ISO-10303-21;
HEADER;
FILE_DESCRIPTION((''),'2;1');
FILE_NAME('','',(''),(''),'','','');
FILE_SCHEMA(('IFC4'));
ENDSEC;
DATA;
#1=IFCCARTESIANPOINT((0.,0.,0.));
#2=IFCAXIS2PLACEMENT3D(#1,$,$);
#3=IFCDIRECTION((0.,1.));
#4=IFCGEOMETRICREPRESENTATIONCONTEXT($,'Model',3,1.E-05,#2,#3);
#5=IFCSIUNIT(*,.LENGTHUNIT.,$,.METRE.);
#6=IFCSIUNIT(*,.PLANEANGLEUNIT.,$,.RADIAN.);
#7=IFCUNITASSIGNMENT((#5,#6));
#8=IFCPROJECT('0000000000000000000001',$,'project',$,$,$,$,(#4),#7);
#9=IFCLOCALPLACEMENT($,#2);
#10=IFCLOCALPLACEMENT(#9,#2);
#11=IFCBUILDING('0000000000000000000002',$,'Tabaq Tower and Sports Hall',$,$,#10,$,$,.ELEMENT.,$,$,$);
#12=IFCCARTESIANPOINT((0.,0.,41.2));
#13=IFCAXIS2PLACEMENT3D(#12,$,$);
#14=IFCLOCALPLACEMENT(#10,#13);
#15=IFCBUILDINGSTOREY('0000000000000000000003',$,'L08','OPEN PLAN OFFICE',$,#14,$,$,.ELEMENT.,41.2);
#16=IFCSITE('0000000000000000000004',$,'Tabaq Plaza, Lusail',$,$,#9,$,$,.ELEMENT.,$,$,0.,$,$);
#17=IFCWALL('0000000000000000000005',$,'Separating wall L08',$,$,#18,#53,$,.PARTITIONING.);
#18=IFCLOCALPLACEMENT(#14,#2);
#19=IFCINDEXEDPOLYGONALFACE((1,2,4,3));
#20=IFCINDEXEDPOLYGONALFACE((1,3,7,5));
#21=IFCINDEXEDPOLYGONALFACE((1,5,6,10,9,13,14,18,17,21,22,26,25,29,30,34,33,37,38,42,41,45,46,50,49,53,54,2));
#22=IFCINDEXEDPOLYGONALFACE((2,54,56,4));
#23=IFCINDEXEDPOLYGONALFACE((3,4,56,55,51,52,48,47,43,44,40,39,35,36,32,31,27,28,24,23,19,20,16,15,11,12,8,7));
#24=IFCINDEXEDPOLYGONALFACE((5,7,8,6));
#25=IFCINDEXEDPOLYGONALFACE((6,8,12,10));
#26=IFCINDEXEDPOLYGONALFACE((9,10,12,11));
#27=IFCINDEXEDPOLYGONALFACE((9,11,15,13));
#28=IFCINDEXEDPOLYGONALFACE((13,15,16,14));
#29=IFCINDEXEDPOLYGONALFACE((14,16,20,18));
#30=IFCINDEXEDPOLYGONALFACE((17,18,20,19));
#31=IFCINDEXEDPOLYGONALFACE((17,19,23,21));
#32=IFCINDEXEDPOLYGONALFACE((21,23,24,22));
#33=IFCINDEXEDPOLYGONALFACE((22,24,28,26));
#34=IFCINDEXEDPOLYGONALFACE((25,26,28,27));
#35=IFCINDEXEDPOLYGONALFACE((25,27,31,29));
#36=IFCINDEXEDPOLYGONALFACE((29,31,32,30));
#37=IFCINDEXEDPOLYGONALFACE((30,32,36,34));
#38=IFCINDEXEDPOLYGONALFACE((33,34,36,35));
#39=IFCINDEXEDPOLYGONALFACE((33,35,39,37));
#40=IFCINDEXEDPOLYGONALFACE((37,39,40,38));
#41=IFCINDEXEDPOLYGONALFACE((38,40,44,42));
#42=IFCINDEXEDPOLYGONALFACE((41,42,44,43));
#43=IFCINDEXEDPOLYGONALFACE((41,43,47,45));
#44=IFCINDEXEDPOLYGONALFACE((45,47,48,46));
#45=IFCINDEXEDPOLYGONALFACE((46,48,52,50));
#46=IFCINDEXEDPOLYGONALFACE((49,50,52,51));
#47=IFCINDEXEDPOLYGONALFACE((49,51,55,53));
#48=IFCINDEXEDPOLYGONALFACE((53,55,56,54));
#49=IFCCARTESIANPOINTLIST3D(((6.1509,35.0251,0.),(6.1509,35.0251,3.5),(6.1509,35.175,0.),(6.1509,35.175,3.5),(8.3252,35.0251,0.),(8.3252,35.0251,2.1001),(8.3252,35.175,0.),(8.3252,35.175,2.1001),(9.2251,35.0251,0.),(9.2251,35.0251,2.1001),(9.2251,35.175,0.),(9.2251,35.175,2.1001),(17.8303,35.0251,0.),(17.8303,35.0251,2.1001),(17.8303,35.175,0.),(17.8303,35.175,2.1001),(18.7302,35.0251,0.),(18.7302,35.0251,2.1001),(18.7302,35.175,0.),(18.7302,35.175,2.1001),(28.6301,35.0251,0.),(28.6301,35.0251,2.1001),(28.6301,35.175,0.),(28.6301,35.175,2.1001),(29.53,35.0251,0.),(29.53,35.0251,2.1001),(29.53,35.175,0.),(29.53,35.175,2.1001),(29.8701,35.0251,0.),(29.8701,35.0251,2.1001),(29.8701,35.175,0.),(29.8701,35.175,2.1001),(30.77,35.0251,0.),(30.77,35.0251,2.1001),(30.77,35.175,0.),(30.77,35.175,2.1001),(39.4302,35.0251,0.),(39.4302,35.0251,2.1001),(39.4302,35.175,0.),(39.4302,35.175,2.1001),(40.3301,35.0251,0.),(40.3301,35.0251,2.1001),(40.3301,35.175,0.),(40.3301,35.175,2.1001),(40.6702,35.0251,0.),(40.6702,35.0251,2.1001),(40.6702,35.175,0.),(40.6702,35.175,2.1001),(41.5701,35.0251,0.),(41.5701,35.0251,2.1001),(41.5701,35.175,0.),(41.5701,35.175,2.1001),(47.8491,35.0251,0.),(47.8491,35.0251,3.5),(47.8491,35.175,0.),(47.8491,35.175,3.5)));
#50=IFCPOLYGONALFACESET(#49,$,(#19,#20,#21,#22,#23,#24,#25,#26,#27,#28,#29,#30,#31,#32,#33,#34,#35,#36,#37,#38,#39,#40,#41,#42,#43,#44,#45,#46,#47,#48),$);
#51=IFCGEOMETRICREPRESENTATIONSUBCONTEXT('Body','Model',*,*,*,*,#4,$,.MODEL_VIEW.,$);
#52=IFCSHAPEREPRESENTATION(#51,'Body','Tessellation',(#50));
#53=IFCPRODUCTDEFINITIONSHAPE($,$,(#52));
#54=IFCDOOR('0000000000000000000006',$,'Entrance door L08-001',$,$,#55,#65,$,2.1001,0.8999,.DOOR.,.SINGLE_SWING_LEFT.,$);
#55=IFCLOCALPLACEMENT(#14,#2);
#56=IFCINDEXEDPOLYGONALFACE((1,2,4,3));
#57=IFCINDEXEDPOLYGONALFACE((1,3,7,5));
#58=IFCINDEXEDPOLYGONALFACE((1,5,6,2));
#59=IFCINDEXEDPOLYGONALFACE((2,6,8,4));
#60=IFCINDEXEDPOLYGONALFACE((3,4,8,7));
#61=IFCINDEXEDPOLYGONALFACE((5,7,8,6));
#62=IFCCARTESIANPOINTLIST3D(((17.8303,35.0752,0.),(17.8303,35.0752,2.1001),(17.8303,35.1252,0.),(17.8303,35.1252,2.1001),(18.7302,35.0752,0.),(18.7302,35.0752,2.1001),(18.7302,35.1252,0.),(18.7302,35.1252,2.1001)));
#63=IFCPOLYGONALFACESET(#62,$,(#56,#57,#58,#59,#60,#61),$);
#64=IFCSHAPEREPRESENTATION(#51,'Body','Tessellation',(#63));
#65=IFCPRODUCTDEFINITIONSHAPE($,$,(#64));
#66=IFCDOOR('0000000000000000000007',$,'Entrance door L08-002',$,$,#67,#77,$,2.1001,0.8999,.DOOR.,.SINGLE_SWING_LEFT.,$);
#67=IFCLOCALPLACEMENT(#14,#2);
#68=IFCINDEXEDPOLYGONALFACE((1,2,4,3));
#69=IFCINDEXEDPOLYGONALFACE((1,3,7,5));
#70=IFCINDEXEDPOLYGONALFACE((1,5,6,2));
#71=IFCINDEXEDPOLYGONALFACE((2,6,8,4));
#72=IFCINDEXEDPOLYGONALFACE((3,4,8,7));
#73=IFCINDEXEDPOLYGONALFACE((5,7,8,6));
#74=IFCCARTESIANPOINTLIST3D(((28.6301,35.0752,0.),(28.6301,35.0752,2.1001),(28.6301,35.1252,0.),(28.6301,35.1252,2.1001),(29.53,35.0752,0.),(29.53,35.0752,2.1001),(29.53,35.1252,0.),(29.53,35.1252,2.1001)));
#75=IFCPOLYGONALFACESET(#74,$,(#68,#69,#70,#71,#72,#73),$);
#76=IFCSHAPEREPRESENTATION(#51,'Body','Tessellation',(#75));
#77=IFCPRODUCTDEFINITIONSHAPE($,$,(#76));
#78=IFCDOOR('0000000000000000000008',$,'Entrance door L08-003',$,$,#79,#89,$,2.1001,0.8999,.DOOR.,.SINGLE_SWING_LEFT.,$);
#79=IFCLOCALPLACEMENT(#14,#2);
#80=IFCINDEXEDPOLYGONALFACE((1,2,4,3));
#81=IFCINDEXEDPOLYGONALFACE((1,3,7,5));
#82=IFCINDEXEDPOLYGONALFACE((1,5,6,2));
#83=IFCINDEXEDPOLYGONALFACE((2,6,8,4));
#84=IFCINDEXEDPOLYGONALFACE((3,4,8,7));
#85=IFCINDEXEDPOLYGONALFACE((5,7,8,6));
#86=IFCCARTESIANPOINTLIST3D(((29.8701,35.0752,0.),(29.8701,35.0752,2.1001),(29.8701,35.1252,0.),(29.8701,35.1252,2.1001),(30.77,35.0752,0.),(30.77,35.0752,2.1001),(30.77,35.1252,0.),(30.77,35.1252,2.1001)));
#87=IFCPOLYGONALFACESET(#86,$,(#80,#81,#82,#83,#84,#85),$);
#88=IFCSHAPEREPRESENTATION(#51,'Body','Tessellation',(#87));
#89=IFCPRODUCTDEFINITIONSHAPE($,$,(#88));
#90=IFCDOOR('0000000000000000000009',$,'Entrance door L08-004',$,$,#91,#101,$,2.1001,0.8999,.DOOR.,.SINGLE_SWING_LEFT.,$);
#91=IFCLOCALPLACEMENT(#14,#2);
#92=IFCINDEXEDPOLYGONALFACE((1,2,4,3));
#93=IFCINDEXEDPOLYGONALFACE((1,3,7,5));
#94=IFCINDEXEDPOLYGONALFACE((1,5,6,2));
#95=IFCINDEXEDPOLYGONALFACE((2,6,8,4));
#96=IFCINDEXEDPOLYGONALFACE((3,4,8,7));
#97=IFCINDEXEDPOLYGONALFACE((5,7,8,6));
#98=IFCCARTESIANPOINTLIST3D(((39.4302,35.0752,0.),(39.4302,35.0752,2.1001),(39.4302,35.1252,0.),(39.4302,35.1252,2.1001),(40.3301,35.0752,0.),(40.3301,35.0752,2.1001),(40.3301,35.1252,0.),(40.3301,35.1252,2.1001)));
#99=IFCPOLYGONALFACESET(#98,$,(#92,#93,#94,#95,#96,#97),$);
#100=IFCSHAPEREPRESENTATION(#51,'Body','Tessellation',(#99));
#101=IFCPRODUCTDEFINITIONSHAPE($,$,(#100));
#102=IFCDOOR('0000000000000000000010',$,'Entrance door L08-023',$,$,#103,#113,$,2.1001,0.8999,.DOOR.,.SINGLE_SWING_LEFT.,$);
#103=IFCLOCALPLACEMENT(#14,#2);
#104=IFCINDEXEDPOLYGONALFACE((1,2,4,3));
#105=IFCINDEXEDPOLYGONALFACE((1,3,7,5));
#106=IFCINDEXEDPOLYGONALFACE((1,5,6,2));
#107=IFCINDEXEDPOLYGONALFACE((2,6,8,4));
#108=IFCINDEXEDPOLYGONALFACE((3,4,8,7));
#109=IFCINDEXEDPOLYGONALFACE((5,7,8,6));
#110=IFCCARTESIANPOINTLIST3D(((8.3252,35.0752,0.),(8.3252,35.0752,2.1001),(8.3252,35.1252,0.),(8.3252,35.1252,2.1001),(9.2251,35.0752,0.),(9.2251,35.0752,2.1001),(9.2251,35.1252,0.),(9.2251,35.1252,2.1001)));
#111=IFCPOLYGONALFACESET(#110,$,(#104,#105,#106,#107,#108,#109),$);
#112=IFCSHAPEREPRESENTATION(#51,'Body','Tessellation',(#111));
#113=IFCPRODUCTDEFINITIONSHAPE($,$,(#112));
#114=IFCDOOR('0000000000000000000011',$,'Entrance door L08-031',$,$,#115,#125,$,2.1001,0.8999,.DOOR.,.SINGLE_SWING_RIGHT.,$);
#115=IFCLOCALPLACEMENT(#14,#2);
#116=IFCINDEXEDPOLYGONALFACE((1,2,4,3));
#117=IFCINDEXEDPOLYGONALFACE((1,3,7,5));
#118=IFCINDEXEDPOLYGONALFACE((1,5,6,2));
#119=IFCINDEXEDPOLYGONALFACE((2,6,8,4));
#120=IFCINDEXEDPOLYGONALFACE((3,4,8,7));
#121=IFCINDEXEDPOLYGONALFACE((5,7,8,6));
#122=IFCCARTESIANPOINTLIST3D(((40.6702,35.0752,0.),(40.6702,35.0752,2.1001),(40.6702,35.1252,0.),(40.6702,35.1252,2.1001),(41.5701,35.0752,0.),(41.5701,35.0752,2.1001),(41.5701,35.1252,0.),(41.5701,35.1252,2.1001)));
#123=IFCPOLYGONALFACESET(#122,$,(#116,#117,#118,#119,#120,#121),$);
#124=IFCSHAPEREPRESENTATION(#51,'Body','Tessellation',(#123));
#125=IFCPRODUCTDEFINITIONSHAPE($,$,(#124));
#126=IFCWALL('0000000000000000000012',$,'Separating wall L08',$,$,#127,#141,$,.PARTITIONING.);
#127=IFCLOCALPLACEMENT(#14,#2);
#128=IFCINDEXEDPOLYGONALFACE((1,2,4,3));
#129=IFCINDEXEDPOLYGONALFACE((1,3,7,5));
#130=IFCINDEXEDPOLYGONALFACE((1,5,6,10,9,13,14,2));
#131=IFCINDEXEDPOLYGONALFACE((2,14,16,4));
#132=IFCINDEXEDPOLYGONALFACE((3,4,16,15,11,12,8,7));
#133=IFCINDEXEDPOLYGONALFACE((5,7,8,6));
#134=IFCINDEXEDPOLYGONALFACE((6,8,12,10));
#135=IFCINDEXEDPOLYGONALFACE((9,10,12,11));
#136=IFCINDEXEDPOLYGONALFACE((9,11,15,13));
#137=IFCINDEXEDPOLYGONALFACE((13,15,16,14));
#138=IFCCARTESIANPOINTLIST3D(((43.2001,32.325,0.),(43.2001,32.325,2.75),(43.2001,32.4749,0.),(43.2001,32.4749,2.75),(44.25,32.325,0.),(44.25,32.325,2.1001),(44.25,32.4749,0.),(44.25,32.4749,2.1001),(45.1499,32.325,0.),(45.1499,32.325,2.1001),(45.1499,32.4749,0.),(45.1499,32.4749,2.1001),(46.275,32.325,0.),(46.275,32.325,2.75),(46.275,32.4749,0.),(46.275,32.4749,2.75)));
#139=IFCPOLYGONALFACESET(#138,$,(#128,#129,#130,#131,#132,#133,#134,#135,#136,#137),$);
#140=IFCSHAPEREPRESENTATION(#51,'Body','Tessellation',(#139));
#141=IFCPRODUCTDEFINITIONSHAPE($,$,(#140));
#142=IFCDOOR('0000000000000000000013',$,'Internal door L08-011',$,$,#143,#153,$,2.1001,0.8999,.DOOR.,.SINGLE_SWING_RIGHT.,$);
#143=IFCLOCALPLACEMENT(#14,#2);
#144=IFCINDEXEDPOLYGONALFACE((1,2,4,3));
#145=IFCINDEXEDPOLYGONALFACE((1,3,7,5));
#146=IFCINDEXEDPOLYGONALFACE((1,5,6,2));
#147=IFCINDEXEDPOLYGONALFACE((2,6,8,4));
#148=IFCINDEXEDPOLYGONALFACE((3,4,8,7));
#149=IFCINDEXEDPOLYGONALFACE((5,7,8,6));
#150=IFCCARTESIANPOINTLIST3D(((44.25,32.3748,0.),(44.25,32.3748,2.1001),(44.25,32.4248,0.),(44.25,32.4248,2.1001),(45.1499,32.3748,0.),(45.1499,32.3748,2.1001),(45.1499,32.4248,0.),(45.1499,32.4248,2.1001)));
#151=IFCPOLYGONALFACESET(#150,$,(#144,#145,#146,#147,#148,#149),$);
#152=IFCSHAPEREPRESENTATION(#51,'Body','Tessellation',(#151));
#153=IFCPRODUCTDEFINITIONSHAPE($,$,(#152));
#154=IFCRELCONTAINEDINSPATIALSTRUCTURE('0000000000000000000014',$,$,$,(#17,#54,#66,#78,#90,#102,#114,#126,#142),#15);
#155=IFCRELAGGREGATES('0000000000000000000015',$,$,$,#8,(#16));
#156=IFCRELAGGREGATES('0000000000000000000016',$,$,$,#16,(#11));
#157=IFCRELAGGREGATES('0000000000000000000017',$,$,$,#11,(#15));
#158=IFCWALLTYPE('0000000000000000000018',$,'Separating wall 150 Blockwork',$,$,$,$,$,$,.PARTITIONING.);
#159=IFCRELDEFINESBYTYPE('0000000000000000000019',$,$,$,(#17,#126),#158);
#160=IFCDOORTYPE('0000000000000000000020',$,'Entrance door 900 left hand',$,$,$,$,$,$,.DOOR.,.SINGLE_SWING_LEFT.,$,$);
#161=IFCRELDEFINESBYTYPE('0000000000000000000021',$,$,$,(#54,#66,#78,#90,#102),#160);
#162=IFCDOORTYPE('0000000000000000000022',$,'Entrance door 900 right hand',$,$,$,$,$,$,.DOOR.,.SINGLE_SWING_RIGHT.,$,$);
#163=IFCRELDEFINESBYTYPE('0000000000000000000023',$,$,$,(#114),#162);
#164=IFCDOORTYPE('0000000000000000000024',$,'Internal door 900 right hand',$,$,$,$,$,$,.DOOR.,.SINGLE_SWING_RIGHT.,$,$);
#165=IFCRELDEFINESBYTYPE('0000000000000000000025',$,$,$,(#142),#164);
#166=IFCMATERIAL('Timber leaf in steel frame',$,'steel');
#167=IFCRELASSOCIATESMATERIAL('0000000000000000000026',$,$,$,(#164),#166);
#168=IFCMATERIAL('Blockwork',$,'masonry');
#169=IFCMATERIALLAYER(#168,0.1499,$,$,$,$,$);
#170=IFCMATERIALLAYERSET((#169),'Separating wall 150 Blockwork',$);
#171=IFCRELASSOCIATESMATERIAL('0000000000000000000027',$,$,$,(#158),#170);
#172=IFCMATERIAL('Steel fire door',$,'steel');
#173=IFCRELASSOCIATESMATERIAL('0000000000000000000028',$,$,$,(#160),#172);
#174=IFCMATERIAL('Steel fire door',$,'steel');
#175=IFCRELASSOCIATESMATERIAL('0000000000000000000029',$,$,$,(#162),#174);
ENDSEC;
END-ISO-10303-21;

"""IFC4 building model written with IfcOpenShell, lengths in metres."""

from ifc_helpers import new_model, si_unit, direction, frame, frame_2d, origin, place, context, subcontext, project, spatial, rectangle, extrude, material, layer, layer_set, type_object, element, fill, save


model = new_model("IFC4")

# Units and contexts
model_context = context("Model", 3, precision=1e-05, world=origin(), true_north=direction((0.0, 1.0)))
body_context = subcontext(model_context, "Body", "Model", "MODEL_VIEW")
ifc_project = project(units=[si_unit("LENGTHUNIT", "METRE"), si_unit("PLANEANGLEUNIT", "RADIAN")], contexts=[model_context])

# Site, building, storey
site_placement = place(None, origin())
site = spatial("IfcSite", under=ifc_project, at=site_placement, Name="Tabaq Plaza, Lusail", CompositionType="ELEMENT", RefElevation=0.0)
building_placement = place(site_placement, origin())
building = spatial("IfcBuilding", under=site, at=building_placement, Name="Tabaq Tower and Sports Hall", CompositionType="ELEMENT")
storey_placement = place(building_placement, frame((0.0, 0.0, 41.2)))
storey = spatial("IfcBuildingStorey", under=building, at=storey_placement, Name="L08", Description="OPEN PLAN OFFICE", CompositionType="ELEMENT", Elevation=41.2)

# Shared definitions
ifc_material_1 = material(Name="Timber leaf in steel frame", Category="steel")
door_type_1 = type_object("IfcDoorType", Name="Internal door 900 right hand", OperationType="SINGLE_SWING_RIGHT", PredefinedType="DOOR", material=ifc_material_1)

# Wall, openings, doors
ifc_material_2 = material(Name="Blockwork", Category="masonry")
ifc_layer_1 = layer(ifc_material_2, 0.1499)
ifc_layer_set_1 = layer_set([ifc_layer_1], Name="Separating wall 150 Blockwork")
wall_type_1 = type_object("IfcWallType", Name="Separating wall 150 Blockwork", PredefinedType="PARTITIONING", material=ifc_layer_set_1)
wall_1_placement = place(storey_placement, frame((47.8491, 35.1001, 0.0), z_axis=(0.0, 0.0, 1.0), x_axis=(-1.0, 0.0, 0.0)))
wall_1 = element("IfcWall", 1, at=wall_1_placement, inside=storey, type_object=wall_type_1, Name="Separating wall L08", PredefinedType="PARTITIONING", context=body_context, shape_type="SweptSolid", body=[
    extrude(rectangle(XDim=41.6982, YDim=0.1499, at=frame_2d((20.8491, 0.0))), origin(), (0.0, 0.0, 1.0), 3.5),
])
opening_1_placement = place(wall_1_placement, frame((29.1189, 0.0, 0.0)))
opening_1 = element("IfcOpeningElement", 2, at=opening_1_placement, cuts=wall_1, PredefinedType="OPENING", context=body_context, shape_type="SweptSolid", body=[
    extrude(rectangle(XDim=0.8999, YDim=2.1001, at=frame_2d((0.45, 1.05))), frame((0.0, 0.075, 0.0), z_axis=(0.0, -1.0, 0.0), x_axis=(1.0, 0.0, 0.0)), (0.0, 0.0, 1.0), 0.1499),
])
opening_2_placement = place(wall_1_placement, frame((18.3191, 0.0, 0.0)))
opening_2 = element("IfcOpeningElement", 3, at=opening_2_placement, cuts=wall_1, PredefinedType="OPENING", context=body_context, shape_type="SweptSolid", body=[
    extrude(rectangle(XDim=0.8999, YDim=2.1001, at=frame_2d((0.45, 1.05))), frame((0.0, 0.075, 0.0), z_axis=(0.0, -1.0, 0.0), x_axis=(1.0, 0.0, 0.0)), (0.0, 0.0, 1.0), 0.1499),
])
opening_3_placement = place(wall_1_placement, frame((17.0791, 0.0, 0.0)))
opening_3 = element("IfcOpeningElement", 4, at=opening_3_placement, cuts=wall_1, PredefinedType="OPENING", context=body_context, shape_type="SweptSolid", body=[
    extrude(rectangle(XDim=0.8999, YDim=2.1001, at=frame_2d((0.45, 1.05))), frame((0.0, 0.075, 0.0), z_axis=(0.0, -1.0, 0.0), x_axis=(1.0, 0.0, 0.0)), (0.0, 0.0, 1.0), 0.1499),
])
opening_4_placement = place(wall_1_placement, frame((7.519, 0.0, 0.0)))
opening_4 = element("IfcOpeningElement", 5, at=opening_4_placement, cuts=wall_1, PredefinedType="OPENING", context=body_context, shape_type="SweptSolid", body=[
    extrude(rectangle(XDim=0.8999, YDim=2.1001, at=frame_2d((0.45, 1.05))), frame((0.0, 0.075, 0.0), z_axis=(0.0, -1.0, 0.0), x_axis=(1.0, 0.0, 0.0)), (0.0, 0.0, 1.0), 0.1499),
])
opening_5_placement = place(wall_1_placement, frame((38.624, 0.0, 0.0)))
opening_5 = element("IfcOpeningElement", 6, at=opening_5_placement, cuts=wall_1, PredefinedType="OPENING", context=body_context, shape_type="SweptSolid", body=[
    extrude(rectangle(XDim=0.8999, YDim=2.1001, at=frame_2d((0.45, 1.05))), frame((0.0, 0.075, 0.0), z_axis=(0.0, -1.0, 0.0), x_axis=(1.0, 0.0, 0.0)), (0.0, 0.0, 1.0), 0.1499),
])
opening_6_placement = place(wall_1_placement, frame((6.2791, 0.0, 0.0)))
opening_6 = element("IfcOpeningElement", 7, at=opening_6_placement, cuts=wall_1, PredefinedType="OPENING", context=body_context, shape_type="SweptSolid", body=[
    extrude(rectangle(XDim=0.8999, YDim=2.1001, at=frame_2d((0.45, 1.05))), frame((0.0, 0.075, 0.0), z_axis=(0.0, -1.0, 0.0), x_axis=(1.0, 0.0, 0.0)), (0.0, 0.0, 1.0), 0.1499),
])
ifc_material_3 = material(Name="Steel fire door", Category="steel")
door_type_2 = type_object("IfcDoorType", Name="Entrance door 900 left hand", OperationType="SINGLE_SWING_LEFT", PredefinedType="DOOR", material=ifc_material_3)
door_1_placement = place(opening_1_placement, origin())
door_1 = element("IfcDoor", 8, at=door_1_placement, inside=storey, type_object=door_type_2, Name="Entrance door L08-001", OperationType="SINGLE_SWING_LEFT", OverallHeight=2.1001, OverallWidth=0.8999, PredefinedType="DOOR", context=body_context, shape_type="SweptSolid", body=[
    extrude(rectangle(XDim=0.8999, YDim=2.1001, at=frame_2d((0.45, 1.05))), frame((0.0, 0.0249, 0.0), z_axis=(0.0, -1.0, 0.0), x_axis=(1.0, 0.0, 0.0)), (0.0, 0.0, 1.0), 0.05),
])
fill(opening_1, door_1)
door_2_placement = place(opening_2_placement, origin())
door_2 = element("IfcDoor", 9, at=door_2_placement, inside=storey, type_object=door_type_2, Name="Entrance door L08-002", OperationType="SINGLE_SWING_LEFT", OverallHeight=2.1001, OverallWidth=0.8999, PredefinedType="DOOR", context=body_context, shape_type="SweptSolid", body=[
    extrude(rectangle(XDim=0.8999, YDim=2.1001, at=frame_2d((0.45, 1.05))), frame((0.0, 0.0249, 0.0), z_axis=(0.0, -1.0, 0.0), x_axis=(1.0, 0.0, 0.0)), (0.0, 0.0, 1.0), 0.05),
])
fill(opening_2, door_2)
door_3_placement = place(opening_3_placement, origin())
door_3 = element("IfcDoor", 10, at=door_3_placement, inside=storey, type_object=door_type_2, Name="Entrance door L08-003", OperationType="SINGLE_SWING_LEFT", OverallHeight=2.1001, OverallWidth=0.8999, PredefinedType="DOOR", context=body_context, shape_type="SweptSolid", body=[
    extrude(rectangle(XDim=0.8999, YDim=2.1001, at=frame_2d((0.45, 1.05))), frame((0.0, 0.0249, 0.0), z_axis=(0.0, -1.0, 0.0), x_axis=(1.0, 0.0, 0.0)), (0.0, 0.0, 1.0), 0.05),
])
fill(opening_3, door_3)
door_4_placement = place(opening_4_placement, origin())
door_4 = element("IfcDoor", 11, at=door_4_placement, inside=storey, type_object=door_type_2, Name="Entrance door L08-004", OperationType="SINGLE_SWING_LEFT", OverallHeight=2.1001, OverallWidth=0.8999, PredefinedType="DOOR", context=body_context, shape_type="SweptSolid", body=[
    extrude(rectangle(XDim=0.8999, YDim=2.1001, at=frame_2d((0.45, 1.05))), frame((0.0, 0.0249, 0.0), z_axis=(0.0, -1.0, 0.0), x_axis=(1.0, 0.0, 0.0)), (0.0, 0.0, 1.0), 0.05),
])
fill(opening_4, door_4)
door_5_placement = place(opening_5_placement, origin())
door_5 = element("IfcDoor", 12, at=door_5_placement, inside=storey, type_object=door_type_2, Name="Entrance door L08-023", OperationType="SINGLE_SWING_LEFT", OverallHeight=2.1001, OverallWidth=0.8999, PredefinedType="DOOR", context=body_context, shape_type="SweptSolid", body=[
    extrude(rectangle(XDim=0.8999, YDim=2.1001, at=frame_2d((0.45, 1.05))), frame((0.0, 0.0249, 0.0), z_axis=(0.0, -1.0, 0.0), x_axis=(1.0, 0.0, 0.0)), (0.0, 0.0, 1.0), 0.05),
])
fill(opening_5, door_5)
ifc_material_4 = material(Name="Steel fire door", Category="steel")
door_type_3 = type_object("IfcDoorType", Name="Entrance door 900 right hand", OperationType="SINGLE_SWING_RIGHT", PredefinedType="DOOR", material=ifc_material_4)
door_6_placement = place(opening_6_placement, origin())
door_6 = element("IfcDoor", 13, at=door_6_placement, inside=storey, type_object=door_type_3, Name="Entrance door L08-031", OperationType="SINGLE_SWING_RIGHT", OverallHeight=2.1001, OverallWidth=0.8999, PredefinedType="DOOR", context=body_context, shape_type="SweptSolid", body=[
    extrude(rectangle(XDim=0.8999, YDim=2.1001, at=frame_2d((0.45, 1.05))), frame((0.0, 0.0249, 0.0), z_axis=(0.0, -1.0, 0.0), x_axis=(1.0, 0.0, 0.0)), (0.0, 0.0, 1.0), 0.05),
])
fill(opening_6, door_6)

# Wall, opening, door
wall_2_placement = place(storey_placement, frame((43.2, 32.3999, 0.0), z_axis=(0.0, 0.0, 1.0), x_axis=(1.0, 0.0, 0.0)))
wall_2 = element("IfcWall", 14, at=wall_2_placement, inside=storey, type_object=wall_type_1, Name="Separating wall L08", PredefinedType="PARTITIONING", context=body_context, shape_type="SweptSolid", body=[
    extrude(rectangle(XDim=3.075, YDim=0.1499, at=frame_2d((1.5376, 0.0))), origin(), (0.0, 0.0, 1.0), 2.75),
])
opening_7_placement = place(wall_2_placement, frame((1.05, 0.0, 0.0)))
opening_7 = element("IfcOpeningElement", 15, at=opening_7_placement, cuts=wall_2, PredefinedType="OPENING", context=body_context, shape_type="SweptSolid", body=[
    extrude(rectangle(XDim=0.8999, YDim=2.1001, at=frame_2d((0.45, 1.05))), frame((0.0, 0.075, 0.0), z_axis=(0.0, -1.0, 0.0), x_axis=(1.0, 0.0, 0.0)), (0.0, 0.0, 1.0), 0.1499),
])
door_7_placement = place(opening_7_placement, origin())
door_7 = element("IfcDoor", 16, at=door_7_placement, inside=storey, type_object=door_type_1, Name="Internal door L08-011", OperationType="SINGLE_SWING_RIGHT", OverallHeight=2.1001, OverallWidth=0.8999, PredefinedType="DOOR", context=body_context, shape_type="SweptSolid", body=[
    extrude(rectangle(XDim=0.8999, YDim=2.1001, at=frame_2d((0.45, 1.05))), frame((0.0, 0.0249, 0.0), z_axis=(0.0, -1.0, 0.0), x_axis=(1.0, 0.0, 0.0)), (0.0, 0.0, 1.0), 0.05),
])
fill(opening_7, door_7)

save(model, "model.ifc")
